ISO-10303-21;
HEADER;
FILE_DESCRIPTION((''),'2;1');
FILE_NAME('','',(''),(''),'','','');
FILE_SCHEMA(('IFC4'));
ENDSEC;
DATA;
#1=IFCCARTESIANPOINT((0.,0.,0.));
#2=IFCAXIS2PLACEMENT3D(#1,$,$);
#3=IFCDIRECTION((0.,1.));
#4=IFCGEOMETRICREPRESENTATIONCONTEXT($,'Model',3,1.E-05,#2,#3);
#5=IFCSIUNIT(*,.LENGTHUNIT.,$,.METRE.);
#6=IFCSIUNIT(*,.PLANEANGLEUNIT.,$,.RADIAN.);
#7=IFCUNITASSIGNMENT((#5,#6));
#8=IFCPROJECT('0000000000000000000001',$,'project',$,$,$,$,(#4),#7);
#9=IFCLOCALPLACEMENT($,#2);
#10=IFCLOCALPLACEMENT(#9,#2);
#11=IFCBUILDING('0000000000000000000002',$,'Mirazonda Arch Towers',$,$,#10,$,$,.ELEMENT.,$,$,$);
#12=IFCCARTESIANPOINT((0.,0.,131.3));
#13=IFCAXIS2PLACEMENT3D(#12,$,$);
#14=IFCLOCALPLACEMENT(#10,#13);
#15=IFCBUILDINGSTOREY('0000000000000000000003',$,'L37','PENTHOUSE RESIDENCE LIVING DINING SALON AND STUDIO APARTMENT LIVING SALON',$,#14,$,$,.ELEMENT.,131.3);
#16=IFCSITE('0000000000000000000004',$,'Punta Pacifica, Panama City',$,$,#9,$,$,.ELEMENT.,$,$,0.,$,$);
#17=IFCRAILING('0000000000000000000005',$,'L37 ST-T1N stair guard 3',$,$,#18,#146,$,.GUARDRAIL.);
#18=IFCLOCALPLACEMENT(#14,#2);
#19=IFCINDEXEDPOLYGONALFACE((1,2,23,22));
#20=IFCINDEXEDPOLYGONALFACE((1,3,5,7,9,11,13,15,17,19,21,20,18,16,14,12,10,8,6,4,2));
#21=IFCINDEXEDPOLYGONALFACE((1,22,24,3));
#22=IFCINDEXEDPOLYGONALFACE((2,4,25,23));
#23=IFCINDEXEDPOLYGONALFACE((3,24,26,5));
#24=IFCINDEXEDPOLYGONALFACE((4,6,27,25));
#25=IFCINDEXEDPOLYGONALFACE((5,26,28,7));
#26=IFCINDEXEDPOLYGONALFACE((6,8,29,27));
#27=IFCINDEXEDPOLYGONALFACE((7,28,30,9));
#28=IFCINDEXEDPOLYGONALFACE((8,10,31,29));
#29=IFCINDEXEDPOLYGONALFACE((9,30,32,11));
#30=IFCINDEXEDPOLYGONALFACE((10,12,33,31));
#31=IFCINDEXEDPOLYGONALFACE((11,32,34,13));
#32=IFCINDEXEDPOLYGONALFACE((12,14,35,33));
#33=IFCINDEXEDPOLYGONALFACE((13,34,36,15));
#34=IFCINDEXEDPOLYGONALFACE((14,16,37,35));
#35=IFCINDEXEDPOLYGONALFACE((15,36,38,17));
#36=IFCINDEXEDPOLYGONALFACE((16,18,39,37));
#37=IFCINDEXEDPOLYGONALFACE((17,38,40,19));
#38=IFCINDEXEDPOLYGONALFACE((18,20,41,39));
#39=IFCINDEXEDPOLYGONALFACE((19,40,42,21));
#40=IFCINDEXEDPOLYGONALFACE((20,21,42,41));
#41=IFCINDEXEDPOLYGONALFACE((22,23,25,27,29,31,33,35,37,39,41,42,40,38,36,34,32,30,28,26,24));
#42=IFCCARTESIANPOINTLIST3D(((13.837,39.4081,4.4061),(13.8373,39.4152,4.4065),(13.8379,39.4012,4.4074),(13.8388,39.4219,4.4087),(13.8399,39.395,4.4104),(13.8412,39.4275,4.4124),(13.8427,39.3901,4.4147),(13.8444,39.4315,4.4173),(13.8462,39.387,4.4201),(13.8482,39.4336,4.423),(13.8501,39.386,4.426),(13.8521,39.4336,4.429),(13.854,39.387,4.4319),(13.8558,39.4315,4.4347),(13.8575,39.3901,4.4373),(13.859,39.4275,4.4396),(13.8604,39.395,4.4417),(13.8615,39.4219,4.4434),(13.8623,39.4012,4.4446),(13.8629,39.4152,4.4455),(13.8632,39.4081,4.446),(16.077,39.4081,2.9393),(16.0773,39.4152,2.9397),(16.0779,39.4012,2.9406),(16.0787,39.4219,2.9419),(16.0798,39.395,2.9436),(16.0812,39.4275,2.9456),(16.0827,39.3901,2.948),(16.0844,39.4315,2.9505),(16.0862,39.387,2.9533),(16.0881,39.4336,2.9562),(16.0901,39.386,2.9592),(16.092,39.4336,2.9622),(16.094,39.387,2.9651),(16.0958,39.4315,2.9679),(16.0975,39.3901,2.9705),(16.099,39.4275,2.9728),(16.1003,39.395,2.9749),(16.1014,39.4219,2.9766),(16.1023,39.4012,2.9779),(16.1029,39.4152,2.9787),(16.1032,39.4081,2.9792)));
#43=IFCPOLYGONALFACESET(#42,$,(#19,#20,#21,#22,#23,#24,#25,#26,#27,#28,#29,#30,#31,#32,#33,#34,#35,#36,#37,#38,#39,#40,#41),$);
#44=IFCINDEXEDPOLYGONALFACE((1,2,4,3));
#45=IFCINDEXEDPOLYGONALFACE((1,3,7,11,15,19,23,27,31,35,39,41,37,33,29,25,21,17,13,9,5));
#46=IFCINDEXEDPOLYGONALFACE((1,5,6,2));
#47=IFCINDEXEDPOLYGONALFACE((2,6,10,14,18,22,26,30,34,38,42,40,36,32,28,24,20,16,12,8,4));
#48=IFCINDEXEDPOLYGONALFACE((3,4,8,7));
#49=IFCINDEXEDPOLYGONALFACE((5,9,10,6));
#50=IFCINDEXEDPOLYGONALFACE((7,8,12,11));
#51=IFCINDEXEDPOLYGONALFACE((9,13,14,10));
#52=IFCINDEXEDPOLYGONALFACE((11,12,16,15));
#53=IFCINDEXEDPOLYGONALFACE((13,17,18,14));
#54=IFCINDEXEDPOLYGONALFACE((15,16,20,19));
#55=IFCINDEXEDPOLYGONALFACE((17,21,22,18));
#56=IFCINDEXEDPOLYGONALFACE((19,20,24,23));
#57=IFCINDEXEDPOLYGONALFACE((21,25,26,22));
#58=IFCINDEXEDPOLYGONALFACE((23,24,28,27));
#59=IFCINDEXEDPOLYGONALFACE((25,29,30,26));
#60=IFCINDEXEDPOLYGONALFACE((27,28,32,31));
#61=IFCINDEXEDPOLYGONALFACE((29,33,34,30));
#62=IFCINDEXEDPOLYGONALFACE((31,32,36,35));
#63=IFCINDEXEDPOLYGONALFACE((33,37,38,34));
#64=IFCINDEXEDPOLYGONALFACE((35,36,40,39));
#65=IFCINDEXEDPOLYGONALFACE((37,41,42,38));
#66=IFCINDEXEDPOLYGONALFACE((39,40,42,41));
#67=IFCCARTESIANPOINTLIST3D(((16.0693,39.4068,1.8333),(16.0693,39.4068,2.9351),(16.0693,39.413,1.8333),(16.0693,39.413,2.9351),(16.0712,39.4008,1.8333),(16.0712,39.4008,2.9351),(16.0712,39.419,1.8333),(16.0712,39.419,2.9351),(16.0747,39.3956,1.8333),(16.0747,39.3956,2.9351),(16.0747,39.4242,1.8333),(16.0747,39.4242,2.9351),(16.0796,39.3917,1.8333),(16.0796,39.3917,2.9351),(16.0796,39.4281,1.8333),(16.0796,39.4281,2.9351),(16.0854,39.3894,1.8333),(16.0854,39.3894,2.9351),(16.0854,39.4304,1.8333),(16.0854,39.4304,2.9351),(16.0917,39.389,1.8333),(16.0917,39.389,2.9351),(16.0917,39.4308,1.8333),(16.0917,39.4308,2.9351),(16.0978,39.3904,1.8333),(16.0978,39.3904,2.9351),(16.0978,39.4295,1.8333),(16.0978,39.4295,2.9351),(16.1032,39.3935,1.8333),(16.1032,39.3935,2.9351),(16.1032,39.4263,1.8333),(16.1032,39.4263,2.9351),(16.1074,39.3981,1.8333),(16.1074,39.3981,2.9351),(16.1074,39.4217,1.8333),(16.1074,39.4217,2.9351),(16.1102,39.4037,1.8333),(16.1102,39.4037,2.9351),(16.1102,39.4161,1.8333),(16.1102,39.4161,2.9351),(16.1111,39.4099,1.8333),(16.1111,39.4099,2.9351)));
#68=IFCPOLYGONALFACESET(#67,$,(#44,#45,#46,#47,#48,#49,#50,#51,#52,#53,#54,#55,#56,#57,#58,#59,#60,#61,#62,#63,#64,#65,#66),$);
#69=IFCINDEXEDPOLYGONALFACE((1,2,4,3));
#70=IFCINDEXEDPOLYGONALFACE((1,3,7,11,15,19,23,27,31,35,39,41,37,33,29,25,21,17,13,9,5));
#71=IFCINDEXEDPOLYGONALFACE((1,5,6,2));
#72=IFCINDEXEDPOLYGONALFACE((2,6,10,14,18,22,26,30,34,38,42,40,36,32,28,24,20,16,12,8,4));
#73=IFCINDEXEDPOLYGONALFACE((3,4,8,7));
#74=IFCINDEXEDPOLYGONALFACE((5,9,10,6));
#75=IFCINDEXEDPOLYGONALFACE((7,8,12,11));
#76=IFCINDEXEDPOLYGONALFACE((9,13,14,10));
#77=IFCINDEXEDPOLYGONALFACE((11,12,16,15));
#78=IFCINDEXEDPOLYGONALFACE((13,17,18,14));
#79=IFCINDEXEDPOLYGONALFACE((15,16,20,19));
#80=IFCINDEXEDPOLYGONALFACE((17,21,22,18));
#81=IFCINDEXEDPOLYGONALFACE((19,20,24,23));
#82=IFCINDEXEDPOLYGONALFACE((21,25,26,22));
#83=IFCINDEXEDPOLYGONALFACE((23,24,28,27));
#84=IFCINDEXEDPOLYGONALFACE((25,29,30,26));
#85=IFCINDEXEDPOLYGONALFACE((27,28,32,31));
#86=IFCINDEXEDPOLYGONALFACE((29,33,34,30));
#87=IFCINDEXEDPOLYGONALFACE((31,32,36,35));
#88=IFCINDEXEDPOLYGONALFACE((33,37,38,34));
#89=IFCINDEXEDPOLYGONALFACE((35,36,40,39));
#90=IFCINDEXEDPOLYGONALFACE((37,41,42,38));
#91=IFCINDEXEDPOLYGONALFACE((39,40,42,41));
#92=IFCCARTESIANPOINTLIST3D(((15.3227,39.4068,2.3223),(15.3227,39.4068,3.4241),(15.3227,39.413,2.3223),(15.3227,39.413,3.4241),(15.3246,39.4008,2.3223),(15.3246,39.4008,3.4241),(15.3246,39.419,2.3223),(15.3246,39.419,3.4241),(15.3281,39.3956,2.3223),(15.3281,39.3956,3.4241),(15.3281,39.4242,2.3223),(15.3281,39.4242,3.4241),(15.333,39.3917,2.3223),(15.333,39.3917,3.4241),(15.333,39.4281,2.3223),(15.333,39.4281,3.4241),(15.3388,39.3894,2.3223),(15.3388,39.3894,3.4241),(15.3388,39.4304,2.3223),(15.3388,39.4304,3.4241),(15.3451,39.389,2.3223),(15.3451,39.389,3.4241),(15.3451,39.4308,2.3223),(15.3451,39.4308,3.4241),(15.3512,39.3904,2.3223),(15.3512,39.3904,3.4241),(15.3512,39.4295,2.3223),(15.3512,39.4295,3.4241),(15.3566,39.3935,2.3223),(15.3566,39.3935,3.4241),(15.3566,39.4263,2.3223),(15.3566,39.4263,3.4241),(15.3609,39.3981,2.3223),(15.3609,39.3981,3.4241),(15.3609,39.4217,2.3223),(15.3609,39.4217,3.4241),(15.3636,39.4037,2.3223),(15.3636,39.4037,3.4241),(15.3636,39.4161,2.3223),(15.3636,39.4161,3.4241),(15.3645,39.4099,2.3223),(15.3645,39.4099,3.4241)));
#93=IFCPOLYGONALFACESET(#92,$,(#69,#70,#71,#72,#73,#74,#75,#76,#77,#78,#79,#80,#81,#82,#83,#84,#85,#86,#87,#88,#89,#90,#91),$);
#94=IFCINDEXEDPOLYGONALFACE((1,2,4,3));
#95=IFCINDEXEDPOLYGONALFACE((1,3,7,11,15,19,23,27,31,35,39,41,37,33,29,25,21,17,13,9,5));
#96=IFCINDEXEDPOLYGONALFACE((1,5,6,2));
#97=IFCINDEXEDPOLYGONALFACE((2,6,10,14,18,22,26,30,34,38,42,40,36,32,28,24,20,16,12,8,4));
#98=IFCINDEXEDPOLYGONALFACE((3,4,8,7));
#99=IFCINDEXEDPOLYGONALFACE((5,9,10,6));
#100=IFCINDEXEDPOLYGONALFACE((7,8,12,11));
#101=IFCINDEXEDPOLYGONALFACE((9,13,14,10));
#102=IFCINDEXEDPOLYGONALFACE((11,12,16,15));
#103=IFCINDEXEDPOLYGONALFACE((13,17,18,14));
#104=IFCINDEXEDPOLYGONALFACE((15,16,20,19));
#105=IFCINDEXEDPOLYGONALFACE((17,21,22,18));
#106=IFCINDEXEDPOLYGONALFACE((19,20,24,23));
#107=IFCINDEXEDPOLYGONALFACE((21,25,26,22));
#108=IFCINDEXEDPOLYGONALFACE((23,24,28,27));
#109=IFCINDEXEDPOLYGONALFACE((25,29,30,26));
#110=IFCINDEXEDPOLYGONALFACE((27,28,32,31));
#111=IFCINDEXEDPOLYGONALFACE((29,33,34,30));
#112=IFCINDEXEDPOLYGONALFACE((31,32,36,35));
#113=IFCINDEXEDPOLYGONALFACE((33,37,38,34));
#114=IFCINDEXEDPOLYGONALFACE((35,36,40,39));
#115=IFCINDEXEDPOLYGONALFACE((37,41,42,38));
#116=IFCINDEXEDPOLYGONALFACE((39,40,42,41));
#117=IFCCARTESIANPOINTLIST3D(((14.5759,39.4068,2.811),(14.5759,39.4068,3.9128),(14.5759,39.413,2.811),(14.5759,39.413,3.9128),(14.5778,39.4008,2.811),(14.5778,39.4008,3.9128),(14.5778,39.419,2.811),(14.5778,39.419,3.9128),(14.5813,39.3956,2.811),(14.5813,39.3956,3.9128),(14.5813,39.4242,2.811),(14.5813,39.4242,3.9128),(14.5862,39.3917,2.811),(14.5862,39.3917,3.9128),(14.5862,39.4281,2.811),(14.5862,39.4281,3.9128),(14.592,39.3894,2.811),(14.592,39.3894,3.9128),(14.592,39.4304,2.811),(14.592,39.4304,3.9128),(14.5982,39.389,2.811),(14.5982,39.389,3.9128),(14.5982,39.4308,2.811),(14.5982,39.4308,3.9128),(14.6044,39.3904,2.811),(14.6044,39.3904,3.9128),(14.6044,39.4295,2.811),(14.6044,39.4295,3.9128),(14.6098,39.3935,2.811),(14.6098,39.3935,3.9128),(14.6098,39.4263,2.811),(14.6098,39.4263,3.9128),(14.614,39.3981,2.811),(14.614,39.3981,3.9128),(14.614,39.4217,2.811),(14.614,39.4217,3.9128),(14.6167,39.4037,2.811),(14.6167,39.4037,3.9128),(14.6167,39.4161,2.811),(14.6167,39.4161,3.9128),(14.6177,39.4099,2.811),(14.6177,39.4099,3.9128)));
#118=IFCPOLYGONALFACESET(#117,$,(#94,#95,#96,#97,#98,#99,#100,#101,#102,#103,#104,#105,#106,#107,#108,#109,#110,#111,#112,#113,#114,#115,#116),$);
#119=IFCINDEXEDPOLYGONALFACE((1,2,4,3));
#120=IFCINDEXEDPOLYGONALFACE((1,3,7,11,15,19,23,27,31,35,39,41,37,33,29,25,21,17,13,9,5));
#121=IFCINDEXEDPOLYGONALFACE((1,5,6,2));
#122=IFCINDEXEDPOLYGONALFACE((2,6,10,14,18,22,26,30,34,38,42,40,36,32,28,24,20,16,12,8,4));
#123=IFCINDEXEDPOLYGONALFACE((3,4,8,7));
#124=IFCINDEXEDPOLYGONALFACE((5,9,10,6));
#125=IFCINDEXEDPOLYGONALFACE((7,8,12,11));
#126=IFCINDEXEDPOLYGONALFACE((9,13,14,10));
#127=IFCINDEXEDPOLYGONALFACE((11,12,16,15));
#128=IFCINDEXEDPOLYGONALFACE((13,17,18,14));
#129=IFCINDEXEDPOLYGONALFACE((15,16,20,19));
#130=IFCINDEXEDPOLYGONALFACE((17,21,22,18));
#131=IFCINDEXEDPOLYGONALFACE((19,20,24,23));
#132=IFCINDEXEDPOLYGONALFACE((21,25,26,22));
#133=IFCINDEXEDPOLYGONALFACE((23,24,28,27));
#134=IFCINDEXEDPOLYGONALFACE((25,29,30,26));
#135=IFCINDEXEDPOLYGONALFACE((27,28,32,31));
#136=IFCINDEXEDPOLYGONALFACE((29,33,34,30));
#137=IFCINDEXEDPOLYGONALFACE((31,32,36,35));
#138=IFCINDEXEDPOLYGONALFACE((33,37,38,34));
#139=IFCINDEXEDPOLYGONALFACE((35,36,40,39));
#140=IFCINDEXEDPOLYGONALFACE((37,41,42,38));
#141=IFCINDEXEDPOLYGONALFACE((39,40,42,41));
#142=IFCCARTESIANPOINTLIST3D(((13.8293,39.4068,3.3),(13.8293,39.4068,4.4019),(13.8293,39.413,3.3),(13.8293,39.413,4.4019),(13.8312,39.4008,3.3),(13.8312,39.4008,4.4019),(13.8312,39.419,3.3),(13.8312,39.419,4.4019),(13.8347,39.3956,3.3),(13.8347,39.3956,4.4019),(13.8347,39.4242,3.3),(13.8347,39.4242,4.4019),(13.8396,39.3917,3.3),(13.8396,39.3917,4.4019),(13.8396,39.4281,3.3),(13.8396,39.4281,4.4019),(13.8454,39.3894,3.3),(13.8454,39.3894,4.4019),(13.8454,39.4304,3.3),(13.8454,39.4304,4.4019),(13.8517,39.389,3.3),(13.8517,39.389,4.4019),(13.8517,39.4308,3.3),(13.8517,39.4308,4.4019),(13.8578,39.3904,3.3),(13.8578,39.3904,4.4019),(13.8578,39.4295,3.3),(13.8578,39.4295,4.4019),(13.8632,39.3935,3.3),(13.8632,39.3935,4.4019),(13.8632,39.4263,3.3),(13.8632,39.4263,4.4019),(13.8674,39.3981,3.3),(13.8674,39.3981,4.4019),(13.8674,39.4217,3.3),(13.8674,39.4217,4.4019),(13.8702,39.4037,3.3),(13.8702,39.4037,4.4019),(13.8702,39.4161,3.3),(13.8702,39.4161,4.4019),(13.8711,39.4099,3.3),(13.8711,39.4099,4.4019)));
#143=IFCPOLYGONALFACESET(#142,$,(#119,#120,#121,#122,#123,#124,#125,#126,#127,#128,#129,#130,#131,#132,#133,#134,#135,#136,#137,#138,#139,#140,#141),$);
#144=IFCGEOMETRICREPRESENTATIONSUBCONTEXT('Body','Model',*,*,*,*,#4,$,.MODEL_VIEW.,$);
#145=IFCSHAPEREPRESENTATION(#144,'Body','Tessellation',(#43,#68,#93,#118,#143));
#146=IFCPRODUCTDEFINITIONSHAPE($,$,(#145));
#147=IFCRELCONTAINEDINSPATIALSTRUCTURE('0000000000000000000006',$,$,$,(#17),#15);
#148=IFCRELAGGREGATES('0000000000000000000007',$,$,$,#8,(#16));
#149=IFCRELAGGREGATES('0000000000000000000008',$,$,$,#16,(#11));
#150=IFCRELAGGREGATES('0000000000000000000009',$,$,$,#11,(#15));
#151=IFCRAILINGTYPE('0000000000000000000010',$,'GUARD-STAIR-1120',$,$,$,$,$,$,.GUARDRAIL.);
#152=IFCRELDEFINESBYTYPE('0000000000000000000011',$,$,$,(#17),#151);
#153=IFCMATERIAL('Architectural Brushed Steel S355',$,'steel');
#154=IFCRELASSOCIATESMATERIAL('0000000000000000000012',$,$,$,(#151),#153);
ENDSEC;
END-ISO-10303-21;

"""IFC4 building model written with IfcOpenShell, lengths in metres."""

from ifc_helpers import new_model, si_unit, direction, frame, origin, origin_2d, place, context, subcontext, project, spatial, circle, extrude, material, type_object, element, save


model = new_model("IFC4")

# Units and contexts
model_context = context("Model", 3, precision=1e-05, world=origin(), true_north=direction((0.0, 1.0)))
body_context = subcontext(model_context, "Body", "Model", "MODEL_VIEW")
ifc_project = project(units=[si_unit("LENGTHUNIT", "METRE"), si_unit("PLANEANGLEUNIT", "RADIAN")], contexts=[model_context])

# Site, building, storey
site_placement = place(None, origin())
site = spatial("IfcSite", under=ifc_project, at=site_placement, Name="Punta Pacifica, Panama City", CompositionType="ELEMENT", RefElevation=0.0)
building_placement = place(site_placement, origin())
building = spatial("IfcBuilding", under=site, at=building_placement, Name="Mirazonda Arch Towers", CompositionType="ELEMENT")
storey_placement = place(building_placement, frame((0.0, 0.0, 131.3)))
storey = spatial("IfcBuildingStorey", under=building, at=storey_placement, Name="L37", Description="PENTHOUSE RESIDENCE LIVING DINING SALON AND STUDIO APARTMENT LIVING SALON", CompositionType="ELEMENT", Elevation=131.3)

# Shared definitions
ifc_material_1 = material(Name="Architectural Brushed Steel S355", Category="steel")

# Railing
railing_type_1 = type_object("IfcRailingType", Name="GUARD-STAIR-1120", PredefinedType="GUARDRAIL", material=ifc_material_1)
railing_1_placement = place(storey_placement, frame((16.0901, 39.4099, 1.8333)))
element("IfcRailing", 1, at=railing_1_placement, inside=storey, type_object=railing_type_1, Name="L37 ST-T1N stair guard 3", PredefinedType="GUARDRAIL", context=body_context, shape_type="SweptSolid", body=[
    extrude(circle(Radius=0.0239, at=origin_2d()), frame((0.0, 0.0, 1.126), z_axis=(-0.836595, 0.0, 0.547822), x_axis=(0.0, -1.0, 0.0)), (0.0, 0.0, 1.0), 2.6775),
    extrude(circle(Radius=0.021, at=origin_2d()), origin(), (0.0, 0.0, 1.0), 1.1018),
    extrude(circle(Radius=0.021, at=origin_2d()), frame((-0.7466, 0.0, 0.489)), (0.0, 0.0, 1.0), 1.1018),
    extrude(circle(Radius=0.021, at=origin_2d()), frame((-1.4934, 0.0, 0.9778)), (0.0, 0.0, 1.0), 1.1018),
    extrude(circle(Radius=0.021, at=origin_2d()), frame((-2.24, 0.0, 1.4668)), (0.0, 0.0, 1.0), 1.1018),
])

save(model, "model.ifc")
